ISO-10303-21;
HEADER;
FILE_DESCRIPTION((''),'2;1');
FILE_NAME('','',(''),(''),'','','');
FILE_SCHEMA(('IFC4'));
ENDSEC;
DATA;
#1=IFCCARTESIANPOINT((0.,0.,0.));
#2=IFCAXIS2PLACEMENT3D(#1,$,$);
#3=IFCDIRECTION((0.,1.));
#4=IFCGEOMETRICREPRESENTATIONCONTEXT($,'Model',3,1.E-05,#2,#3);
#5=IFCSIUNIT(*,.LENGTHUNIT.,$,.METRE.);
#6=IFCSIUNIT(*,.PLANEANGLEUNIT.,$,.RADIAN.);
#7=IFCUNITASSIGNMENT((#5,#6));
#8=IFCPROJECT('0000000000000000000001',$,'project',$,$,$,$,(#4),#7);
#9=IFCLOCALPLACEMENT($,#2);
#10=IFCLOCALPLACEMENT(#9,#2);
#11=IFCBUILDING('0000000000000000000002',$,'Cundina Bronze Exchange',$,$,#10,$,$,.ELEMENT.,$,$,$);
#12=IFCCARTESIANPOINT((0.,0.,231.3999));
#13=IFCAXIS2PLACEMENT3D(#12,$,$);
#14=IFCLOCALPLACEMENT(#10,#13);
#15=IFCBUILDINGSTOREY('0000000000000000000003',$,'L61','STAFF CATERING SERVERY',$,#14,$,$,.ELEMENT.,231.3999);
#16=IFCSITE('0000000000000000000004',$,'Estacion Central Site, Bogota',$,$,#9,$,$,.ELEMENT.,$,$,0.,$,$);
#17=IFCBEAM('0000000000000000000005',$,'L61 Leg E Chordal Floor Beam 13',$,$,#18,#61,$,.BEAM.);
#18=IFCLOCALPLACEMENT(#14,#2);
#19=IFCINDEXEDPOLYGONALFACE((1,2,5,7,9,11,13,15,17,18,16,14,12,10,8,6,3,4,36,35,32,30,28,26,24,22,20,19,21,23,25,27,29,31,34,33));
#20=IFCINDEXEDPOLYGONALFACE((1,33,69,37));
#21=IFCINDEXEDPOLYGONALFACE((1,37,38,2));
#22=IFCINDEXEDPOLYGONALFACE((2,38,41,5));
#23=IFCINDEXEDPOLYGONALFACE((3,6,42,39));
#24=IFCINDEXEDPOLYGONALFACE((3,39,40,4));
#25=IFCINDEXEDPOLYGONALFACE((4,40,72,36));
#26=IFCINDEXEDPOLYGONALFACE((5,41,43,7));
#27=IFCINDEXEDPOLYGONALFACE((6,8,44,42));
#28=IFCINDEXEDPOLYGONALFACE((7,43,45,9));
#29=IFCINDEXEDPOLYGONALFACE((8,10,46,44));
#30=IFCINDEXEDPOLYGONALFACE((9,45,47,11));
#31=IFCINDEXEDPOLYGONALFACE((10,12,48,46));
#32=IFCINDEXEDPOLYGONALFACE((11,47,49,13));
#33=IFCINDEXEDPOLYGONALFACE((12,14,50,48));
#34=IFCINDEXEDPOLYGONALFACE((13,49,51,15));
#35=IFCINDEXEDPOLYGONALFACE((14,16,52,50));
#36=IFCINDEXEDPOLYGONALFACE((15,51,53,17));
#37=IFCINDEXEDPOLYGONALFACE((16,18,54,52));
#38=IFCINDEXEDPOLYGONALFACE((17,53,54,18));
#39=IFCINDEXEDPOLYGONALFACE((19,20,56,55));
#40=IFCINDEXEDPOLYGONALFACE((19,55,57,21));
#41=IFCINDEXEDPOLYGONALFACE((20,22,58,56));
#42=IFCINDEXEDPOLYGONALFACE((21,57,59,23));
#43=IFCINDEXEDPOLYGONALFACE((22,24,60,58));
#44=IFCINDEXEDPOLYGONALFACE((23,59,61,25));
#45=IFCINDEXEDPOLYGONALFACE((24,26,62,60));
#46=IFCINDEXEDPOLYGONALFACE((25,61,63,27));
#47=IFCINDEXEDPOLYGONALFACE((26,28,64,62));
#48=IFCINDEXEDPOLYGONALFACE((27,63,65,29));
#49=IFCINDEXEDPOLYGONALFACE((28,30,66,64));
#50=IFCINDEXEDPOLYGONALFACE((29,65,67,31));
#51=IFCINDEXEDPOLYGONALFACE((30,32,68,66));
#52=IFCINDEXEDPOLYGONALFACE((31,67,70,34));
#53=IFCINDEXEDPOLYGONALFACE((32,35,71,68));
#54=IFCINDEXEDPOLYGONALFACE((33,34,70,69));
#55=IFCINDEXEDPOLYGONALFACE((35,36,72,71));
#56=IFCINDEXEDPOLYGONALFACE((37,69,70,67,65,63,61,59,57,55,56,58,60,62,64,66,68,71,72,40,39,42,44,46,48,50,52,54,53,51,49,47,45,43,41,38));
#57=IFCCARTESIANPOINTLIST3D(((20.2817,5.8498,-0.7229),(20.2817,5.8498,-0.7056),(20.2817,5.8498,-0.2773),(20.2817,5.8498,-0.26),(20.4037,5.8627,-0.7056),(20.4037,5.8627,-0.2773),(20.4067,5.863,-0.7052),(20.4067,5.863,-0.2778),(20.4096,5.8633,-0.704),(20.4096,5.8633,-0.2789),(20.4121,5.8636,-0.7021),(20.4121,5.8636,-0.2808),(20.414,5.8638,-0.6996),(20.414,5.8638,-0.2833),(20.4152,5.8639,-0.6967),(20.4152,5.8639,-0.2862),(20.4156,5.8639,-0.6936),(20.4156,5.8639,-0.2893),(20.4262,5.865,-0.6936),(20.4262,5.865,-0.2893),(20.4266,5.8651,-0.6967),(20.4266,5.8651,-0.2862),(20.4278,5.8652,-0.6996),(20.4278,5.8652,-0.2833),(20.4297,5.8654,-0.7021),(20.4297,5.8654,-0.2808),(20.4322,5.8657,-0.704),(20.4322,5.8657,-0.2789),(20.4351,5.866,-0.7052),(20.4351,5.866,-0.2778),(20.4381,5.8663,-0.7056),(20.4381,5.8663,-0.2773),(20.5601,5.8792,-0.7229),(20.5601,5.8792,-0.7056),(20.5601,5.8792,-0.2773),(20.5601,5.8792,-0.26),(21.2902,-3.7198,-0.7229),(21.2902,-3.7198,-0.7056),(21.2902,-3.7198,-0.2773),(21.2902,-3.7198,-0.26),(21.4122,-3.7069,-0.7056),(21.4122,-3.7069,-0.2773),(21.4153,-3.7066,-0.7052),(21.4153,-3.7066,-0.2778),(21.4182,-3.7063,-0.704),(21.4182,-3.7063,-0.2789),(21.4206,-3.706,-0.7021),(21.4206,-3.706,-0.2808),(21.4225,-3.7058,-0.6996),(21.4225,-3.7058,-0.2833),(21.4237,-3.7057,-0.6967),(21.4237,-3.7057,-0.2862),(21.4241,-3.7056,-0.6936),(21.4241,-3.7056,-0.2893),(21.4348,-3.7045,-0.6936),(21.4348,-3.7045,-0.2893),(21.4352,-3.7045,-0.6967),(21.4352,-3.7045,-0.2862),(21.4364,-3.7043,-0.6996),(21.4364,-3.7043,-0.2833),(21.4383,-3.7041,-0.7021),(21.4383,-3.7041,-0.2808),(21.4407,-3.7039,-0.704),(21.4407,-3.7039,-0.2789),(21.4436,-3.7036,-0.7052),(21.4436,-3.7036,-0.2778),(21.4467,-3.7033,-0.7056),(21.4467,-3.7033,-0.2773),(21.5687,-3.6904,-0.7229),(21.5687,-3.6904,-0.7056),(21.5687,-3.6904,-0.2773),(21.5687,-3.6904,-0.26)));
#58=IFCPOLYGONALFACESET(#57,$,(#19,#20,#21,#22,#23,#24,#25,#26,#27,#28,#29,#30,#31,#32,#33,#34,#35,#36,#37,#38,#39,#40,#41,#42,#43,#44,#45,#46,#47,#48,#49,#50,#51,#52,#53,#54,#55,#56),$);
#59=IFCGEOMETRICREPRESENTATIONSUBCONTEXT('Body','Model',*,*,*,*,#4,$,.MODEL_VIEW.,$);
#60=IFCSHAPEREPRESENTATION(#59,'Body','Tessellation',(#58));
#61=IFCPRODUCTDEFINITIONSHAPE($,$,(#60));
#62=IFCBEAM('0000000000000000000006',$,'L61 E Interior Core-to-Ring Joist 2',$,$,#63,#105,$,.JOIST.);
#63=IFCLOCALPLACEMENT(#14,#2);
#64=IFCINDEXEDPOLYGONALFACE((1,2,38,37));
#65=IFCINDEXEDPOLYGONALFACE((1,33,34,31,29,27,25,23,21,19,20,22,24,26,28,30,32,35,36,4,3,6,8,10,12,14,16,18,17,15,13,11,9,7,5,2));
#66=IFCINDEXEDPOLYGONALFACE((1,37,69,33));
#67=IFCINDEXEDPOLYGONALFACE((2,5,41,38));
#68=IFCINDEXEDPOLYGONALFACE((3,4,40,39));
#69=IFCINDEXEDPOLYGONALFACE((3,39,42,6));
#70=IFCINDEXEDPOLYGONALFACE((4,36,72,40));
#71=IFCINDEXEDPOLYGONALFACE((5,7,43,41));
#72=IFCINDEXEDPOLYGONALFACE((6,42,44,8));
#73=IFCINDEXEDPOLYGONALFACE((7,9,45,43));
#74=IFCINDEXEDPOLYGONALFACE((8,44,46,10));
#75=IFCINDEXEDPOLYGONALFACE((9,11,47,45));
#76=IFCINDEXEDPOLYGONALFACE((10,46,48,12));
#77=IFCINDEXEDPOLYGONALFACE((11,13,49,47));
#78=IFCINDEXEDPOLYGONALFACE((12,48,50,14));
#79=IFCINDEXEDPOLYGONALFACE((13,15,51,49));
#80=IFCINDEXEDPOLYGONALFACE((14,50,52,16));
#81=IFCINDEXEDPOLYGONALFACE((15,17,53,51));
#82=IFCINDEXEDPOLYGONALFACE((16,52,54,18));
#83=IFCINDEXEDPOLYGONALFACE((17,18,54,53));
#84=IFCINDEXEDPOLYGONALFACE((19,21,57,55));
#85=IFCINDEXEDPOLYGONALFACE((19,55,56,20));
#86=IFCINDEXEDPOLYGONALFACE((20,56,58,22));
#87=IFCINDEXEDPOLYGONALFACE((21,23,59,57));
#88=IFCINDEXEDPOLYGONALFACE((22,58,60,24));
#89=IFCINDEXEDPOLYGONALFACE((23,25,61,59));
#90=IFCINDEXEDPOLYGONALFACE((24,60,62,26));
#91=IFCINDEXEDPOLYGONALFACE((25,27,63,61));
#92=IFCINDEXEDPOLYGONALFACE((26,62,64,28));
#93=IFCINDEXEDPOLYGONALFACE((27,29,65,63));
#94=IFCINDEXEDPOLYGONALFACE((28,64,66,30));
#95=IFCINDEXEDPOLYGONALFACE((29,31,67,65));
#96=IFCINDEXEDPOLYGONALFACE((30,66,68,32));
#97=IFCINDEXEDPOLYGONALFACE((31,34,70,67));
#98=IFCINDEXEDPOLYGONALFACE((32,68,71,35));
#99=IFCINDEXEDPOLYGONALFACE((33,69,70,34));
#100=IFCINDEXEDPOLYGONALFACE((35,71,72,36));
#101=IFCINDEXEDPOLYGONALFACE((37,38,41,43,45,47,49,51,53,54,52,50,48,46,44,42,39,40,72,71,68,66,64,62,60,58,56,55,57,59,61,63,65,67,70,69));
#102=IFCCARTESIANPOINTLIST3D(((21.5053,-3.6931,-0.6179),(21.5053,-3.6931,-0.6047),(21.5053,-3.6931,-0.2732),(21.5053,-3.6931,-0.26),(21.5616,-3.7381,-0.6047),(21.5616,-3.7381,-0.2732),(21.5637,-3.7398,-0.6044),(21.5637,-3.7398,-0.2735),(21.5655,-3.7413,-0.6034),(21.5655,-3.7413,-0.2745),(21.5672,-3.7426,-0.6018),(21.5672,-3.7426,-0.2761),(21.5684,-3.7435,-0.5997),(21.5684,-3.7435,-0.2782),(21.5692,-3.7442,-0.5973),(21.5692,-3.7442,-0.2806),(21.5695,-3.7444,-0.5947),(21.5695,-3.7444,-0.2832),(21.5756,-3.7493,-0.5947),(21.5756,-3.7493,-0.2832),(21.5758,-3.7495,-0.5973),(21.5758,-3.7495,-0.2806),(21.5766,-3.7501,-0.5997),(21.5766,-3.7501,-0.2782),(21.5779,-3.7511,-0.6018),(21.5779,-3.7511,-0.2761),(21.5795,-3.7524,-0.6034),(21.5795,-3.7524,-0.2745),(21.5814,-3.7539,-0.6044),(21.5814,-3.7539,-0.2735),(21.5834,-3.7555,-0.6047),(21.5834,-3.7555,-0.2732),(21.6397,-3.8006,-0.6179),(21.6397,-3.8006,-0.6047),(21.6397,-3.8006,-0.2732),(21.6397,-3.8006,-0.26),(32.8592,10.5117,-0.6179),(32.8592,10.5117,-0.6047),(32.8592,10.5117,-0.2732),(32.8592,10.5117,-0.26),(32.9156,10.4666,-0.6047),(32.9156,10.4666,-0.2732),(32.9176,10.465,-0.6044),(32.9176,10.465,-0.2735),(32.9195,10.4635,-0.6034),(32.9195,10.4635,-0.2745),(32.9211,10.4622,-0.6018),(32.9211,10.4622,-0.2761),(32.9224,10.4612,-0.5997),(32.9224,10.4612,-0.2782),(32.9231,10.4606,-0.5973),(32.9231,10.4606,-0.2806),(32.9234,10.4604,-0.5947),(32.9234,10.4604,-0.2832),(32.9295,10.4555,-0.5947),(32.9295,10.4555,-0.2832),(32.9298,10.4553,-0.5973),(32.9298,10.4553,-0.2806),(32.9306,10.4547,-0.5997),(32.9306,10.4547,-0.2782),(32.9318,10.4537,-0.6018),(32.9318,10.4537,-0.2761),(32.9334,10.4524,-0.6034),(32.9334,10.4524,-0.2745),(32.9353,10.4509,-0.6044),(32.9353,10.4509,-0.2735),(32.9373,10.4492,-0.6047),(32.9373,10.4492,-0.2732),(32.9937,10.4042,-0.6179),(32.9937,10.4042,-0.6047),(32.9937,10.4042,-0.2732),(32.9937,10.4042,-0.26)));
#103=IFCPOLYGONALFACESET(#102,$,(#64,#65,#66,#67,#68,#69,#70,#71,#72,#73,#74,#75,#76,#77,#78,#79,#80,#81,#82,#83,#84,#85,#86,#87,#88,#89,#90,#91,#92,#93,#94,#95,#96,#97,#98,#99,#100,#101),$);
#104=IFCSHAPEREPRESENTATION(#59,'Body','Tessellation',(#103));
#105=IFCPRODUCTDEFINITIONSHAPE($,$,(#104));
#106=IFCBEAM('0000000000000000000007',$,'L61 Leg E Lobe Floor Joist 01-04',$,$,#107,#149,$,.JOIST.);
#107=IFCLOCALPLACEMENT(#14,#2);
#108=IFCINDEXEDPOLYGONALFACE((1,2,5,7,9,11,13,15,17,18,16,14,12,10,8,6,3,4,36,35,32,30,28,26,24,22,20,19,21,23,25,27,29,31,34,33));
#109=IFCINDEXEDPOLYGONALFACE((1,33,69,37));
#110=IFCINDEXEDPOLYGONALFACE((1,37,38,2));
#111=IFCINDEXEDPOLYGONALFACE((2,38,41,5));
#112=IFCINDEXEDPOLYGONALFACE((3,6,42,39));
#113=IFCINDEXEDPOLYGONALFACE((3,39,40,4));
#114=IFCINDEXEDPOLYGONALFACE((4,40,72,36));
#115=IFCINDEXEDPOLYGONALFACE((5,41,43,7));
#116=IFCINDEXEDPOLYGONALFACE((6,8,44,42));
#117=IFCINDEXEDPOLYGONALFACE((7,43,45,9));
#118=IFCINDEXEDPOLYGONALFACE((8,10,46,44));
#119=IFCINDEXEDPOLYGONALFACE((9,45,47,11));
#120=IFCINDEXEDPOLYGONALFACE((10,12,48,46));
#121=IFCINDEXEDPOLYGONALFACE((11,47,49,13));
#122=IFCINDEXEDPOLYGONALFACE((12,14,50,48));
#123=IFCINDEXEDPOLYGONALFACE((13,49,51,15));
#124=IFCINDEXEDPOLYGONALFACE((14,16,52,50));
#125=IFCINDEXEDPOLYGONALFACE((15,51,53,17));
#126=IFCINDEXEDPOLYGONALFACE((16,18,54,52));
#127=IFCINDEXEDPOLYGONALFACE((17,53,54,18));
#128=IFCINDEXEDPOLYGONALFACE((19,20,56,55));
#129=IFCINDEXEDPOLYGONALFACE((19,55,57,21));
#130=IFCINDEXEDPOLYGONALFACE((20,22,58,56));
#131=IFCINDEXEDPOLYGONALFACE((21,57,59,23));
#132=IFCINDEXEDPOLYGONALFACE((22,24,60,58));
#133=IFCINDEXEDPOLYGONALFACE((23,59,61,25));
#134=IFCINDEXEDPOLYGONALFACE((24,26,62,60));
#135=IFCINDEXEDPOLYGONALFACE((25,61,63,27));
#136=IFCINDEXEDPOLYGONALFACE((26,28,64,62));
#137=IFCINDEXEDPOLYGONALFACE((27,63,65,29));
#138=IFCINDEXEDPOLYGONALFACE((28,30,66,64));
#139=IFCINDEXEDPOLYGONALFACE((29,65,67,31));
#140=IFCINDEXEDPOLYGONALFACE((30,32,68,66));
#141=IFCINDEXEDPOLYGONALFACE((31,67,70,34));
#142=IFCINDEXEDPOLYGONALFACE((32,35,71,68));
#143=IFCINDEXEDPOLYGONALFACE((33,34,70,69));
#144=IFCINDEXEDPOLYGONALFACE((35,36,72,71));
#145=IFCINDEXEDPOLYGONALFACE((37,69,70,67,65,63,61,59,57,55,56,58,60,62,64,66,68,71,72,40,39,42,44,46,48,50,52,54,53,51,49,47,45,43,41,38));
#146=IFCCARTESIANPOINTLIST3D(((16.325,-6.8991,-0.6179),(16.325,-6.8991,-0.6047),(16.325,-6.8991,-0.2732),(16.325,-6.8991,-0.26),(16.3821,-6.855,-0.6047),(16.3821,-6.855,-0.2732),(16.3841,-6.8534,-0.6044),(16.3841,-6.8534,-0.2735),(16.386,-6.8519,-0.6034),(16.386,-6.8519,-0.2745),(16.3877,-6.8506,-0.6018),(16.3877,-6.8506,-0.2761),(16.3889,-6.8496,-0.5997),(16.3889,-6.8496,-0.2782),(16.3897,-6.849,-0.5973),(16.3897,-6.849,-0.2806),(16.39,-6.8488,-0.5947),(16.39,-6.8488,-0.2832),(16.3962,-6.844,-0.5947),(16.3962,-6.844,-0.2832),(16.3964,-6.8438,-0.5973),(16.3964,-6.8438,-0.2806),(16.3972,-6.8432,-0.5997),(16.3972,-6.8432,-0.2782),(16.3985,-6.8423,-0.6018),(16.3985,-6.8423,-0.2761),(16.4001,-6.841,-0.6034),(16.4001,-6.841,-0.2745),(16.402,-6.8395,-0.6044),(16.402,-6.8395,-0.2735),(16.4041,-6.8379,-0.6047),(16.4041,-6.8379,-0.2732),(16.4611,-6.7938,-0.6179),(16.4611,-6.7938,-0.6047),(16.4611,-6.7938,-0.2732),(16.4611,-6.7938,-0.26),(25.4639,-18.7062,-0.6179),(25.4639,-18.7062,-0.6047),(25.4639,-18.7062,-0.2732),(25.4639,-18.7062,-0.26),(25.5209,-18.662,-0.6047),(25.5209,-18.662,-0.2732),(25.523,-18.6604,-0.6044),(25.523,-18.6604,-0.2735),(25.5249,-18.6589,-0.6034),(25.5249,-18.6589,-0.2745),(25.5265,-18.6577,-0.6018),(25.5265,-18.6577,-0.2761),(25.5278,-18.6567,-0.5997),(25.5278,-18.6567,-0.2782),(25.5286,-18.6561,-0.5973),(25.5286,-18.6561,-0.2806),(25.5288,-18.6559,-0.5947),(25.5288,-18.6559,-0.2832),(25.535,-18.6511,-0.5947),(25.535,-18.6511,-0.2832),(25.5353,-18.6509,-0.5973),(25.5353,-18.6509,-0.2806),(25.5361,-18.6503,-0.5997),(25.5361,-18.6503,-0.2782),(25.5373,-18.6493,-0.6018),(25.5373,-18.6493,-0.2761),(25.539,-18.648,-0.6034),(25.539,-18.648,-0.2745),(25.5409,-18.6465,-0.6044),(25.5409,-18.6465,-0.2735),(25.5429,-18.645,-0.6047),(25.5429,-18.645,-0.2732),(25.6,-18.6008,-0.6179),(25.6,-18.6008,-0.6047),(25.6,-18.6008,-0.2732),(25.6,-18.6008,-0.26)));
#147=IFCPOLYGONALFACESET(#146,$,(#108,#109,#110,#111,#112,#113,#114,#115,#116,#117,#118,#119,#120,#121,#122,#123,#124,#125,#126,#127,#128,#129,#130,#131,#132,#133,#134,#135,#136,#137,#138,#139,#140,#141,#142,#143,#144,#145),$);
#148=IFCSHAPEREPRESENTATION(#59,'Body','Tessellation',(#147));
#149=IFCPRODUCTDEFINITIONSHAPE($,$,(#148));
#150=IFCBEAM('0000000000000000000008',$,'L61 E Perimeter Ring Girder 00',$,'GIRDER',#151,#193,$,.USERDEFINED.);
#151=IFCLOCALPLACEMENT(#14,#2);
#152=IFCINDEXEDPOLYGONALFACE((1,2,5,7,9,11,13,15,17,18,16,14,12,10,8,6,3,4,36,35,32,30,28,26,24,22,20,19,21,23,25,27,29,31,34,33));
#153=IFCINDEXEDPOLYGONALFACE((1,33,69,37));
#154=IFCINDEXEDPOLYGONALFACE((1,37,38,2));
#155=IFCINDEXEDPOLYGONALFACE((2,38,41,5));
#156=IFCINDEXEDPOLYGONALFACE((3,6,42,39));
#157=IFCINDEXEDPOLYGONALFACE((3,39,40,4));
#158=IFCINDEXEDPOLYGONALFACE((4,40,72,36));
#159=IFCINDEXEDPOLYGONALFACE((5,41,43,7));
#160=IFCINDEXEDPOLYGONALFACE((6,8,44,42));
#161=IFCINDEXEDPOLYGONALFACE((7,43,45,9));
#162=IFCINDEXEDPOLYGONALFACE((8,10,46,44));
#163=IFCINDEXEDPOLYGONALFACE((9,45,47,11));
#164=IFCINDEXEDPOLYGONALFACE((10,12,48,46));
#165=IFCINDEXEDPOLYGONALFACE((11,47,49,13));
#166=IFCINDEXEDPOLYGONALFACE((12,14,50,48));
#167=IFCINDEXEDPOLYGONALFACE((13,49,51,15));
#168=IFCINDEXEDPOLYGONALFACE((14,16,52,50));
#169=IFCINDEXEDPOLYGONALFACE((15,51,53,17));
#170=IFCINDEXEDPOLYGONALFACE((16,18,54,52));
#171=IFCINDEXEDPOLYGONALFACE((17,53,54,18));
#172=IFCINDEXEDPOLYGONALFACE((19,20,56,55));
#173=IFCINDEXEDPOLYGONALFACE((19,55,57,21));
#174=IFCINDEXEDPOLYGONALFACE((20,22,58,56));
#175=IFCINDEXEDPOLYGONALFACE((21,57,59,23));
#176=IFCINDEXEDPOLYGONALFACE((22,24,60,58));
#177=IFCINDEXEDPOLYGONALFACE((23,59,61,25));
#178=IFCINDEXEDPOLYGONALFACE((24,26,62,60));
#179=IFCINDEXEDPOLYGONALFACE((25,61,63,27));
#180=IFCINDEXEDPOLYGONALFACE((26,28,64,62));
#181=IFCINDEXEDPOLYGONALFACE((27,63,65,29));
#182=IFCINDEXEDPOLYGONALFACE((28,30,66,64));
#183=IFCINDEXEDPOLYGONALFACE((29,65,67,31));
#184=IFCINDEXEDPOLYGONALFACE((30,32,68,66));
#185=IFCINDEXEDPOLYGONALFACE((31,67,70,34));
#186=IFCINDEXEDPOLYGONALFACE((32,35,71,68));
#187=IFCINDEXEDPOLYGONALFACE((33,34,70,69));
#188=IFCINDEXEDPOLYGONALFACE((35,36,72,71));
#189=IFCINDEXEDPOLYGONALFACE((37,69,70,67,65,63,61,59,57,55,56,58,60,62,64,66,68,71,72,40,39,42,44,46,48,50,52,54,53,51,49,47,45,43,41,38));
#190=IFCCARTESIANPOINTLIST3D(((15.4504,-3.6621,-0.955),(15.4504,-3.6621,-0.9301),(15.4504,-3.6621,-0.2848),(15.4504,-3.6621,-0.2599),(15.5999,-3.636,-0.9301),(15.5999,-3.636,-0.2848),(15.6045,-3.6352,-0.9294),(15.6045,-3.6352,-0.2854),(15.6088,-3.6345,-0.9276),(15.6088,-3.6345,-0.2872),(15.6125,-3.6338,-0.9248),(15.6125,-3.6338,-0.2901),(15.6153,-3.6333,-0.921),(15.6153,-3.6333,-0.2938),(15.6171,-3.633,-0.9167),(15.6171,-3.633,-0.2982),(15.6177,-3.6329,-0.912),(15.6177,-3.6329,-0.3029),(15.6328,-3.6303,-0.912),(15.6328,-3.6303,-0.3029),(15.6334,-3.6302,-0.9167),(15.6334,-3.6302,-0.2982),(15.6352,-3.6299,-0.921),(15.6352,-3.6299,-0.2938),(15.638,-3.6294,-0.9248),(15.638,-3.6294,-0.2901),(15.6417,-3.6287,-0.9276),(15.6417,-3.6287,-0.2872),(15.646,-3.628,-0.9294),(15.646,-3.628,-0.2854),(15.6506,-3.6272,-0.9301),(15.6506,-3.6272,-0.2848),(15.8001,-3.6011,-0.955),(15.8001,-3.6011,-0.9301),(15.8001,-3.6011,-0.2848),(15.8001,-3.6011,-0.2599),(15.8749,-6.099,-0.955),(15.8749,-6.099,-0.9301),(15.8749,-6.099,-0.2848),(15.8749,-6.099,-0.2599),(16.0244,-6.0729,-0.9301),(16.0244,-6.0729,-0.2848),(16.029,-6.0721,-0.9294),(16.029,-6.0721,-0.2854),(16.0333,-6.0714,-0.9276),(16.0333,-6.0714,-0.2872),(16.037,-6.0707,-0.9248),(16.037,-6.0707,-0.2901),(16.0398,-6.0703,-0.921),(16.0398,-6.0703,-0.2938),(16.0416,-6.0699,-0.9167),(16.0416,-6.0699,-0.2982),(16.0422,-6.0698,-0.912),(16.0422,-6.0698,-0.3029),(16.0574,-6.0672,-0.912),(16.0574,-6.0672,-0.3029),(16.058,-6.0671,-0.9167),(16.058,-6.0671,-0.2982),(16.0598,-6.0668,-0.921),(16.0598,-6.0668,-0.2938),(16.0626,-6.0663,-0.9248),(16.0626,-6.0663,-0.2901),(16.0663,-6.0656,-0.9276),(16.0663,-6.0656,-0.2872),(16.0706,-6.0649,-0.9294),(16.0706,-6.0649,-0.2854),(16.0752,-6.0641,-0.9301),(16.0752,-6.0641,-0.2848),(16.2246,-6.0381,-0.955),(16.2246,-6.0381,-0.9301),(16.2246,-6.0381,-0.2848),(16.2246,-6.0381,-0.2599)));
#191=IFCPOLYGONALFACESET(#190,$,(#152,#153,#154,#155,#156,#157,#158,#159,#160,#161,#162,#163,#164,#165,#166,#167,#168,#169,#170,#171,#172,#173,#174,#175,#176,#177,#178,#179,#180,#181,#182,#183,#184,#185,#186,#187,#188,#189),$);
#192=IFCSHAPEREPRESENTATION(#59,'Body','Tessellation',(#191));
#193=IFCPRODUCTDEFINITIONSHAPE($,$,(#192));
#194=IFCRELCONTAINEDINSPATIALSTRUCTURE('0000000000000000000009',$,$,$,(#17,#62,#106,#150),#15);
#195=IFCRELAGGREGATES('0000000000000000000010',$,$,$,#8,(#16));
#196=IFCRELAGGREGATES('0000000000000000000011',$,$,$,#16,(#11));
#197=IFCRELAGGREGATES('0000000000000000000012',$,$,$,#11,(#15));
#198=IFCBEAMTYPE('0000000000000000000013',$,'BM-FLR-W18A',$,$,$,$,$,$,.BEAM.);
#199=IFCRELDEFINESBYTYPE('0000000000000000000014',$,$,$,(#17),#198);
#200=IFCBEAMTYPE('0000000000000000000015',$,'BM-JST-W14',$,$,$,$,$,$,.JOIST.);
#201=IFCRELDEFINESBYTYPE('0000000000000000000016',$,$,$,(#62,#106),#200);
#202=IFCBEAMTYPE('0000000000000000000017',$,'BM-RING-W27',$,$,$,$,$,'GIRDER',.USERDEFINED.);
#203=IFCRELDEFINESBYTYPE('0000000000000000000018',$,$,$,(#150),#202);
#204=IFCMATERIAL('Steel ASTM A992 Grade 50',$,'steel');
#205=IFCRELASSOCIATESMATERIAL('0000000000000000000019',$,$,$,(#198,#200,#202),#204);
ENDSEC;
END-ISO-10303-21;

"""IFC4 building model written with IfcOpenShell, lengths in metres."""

from ifc_helpers import new_model, si_unit, direction, frame, origin, origin_2d, place, context, subcontext, project, spatial, i_section, extrude, material, material_profile, profile_set, type_object, element, save


model = new_model("IFC4")

# Units and contexts
model_context = context("Model", 3, precision=1e-05, world=origin(), true_north=direction((0.0, 1.0)))
body_context = subcontext(model_context, "Body", "Model", "MODEL_VIEW")
ifc_project = project(units=[si_unit("LENGTHUNIT", "METRE"), si_unit("PLANEANGLEUNIT", "RADIAN")], contexts=[model_context])

# Site, building, storey
site_placement = place(None, origin())
site = spatial("IfcSite", under=ifc_project, at=site_placement, Name="Estacion Central Site, Bogota", CompositionType="ELEMENT", RefElevation=0.0)
building_placement = place(site_placement, origin())
building = spatial("IfcBuilding", under=site, at=building_placement, Name="Cundina Bronze Exchange", CompositionType="ELEMENT")
storey_placement = place(building_placement, frame((0.0, 0.0, 231.3999)))
storey = spatial("IfcBuildingStorey", under=building, at=storey_placement, Name="L61", Description="STAFF CATERING SERVERY", CompositionType="ELEMENT", Elevation=231.3999)

# Shared definitions
ifc_material_1 = material(Name="Steel ASTM A992 Grade 50", Category="steel")

# Beams
ifc_material_profile_1 = material_profile(ifc_material_1, i_section(OverallWidth=0.28, OverallDepth=0.4629, WebThickness=0.0107, FlangeThickness=0.0173, FilletRadius=0.012, at=origin_2d()), Name="W18X76", Category="steel")
ifc_profile_set_1 = profile_set([ifc_material_profile_1], Name="Steel ASTM A992 Grade 50")
beam_type_1 = type_object("IfcBeamType", Name="BM-FLR-W18A", PredefinedType="BEAM", material=ifc_profile_set_1)
beam_1_placement = place(storey_placement, frame((21.4294, -3.7051, -0.4915), z_axis=(-0.10481, 0.994492, 0.0), x_axis=(-0.994492, -0.10481, 0.0)))
element("IfcBeam", 1, at=beam_1_placement, inside=storey, type_object=beam_type_1, Name="L61 Leg E Chordal Floor Beam 13", PredefinedType="BEAM", context=body_context, shape_type="SweptSolid", body=[
    extrude(i_section(OverallWidth=0.28, OverallDepth=0.4629, WebThickness=0.0107, FlangeThickness=0.0173, FilletRadius=0.012, at=origin_2d()), origin(), (0.0, 0.0, 1.0), 9.6226),
])
ifc_material_profile_2 = material_profile(ifc_material_1, i_section(OverallWidth=0.1721, OverallDepth=0.3579, WebThickness=0.0078, FlangeThickness=0.0132, FilletRadius=0.01, at=origin_2d()), Name="W14X38", Category="steel")
ifc_profile_set_2 = profile_set([ifc_material_profile_2], Name="Steel ASTM A992 Grade 50")
beam_type_2 = type_object("IfcBeamType", Name="BM-JST-W14", PredefinedType="JOIST", material=ifc_profile_set_2)
beam_2_placement = place(storey_placement, frame((21.5725, -3.7468, -0.439), z_axis=(0.624364, 0.781133, 0.0), x_axis=(-0.781133, 0.624364, 0.0)))
element("IfcBeam", 2, at=beam_2_placement, inside=storey, type_object=beam_type_2, Name="L61 E Interior Core-to-Ring Joist 2", PredefinedType="JOIST", context=body_context, shape_type="SweptSolid", body=[
    extrude(i_section(OverallWidth=0.1721, OverallDepth=0.3579, WebThickness=0.0078, FlangeThickness=0.0132, FilletRadius=0.01, at=origin_2d()), origin(), (0.0, 0.0, 1.0), 18.1848),
])
beam_3_placement = place(storey_placement, frame((16.3931, -6.8464, -0.439), z_axis=(0.612086, -0.790791, 0.0), x_axis=(0.790791, 0.612086, 0.0)))
element("IfcBeam", 3, at=beam_3_placement, inside=storey, type_object=beam_type_2, Name="L61 Leg E Lobe Floor Joist 01-04", PredefinedType="JOIST", context=body_context, shape_type="SweptSolid", body=[
    extrude(i_section(OverallWidth=0.1721, OverallDepth=0.3579, WebThickness=0.0078, FlangeThickness=0.0132, FilletRadius=0.01, at=origin_2d()), origin(), (0.0, 0.0, 1.0), 14.9307),
])
ifc_material_profile_3 = material_profile(ifc_material_1, i_section(OverallWidth=0.355, OverallDepth=0.6951, WebThickness=0.0154, FlangeThickness=0.0249, FilletRadius=0.0181, at=origin_2d()), Name="W27X146", Category="steel")
ifc_profile_set_3 = profile_set([ifc_material_profile_3], Name="Steel ASTM A992 Grade 50")
beam_type_3 = type_object("IfcBeamType", Name="BM-RING-W27", ElementType="GIRDER", PredefinedType="USERDEFINED", material=ifc_profile_set_3)
beam_4_placement = place(storey_placement, frame((15.6252, -3.6316, -0.6074), z_axis=(0.171629, -0.985162, 0.0), x_axis=(0.985162, 0.171629, 0.0)))
element("IfcBeam", 4, at=beam_4_placement, inside=storey, type_object=beam_type_3, Name="L61 E Perimeter Ring Girder 00", ObjectType="GIRDER", PredefinedType="USERDEFINED", context=body_context, shape_type="SweptSolid", body=[
    extrude(i_section(OverallWidth=0.355, OverallDepth=0.6951, WebThickness=0.0154, FlangeThickness=0.0249, FilletRadius=0.0181, at=origin_2d()), origin(), (0.0, 0.0, 1.0), 2.4736),
])

save(model, "model.ifc")
